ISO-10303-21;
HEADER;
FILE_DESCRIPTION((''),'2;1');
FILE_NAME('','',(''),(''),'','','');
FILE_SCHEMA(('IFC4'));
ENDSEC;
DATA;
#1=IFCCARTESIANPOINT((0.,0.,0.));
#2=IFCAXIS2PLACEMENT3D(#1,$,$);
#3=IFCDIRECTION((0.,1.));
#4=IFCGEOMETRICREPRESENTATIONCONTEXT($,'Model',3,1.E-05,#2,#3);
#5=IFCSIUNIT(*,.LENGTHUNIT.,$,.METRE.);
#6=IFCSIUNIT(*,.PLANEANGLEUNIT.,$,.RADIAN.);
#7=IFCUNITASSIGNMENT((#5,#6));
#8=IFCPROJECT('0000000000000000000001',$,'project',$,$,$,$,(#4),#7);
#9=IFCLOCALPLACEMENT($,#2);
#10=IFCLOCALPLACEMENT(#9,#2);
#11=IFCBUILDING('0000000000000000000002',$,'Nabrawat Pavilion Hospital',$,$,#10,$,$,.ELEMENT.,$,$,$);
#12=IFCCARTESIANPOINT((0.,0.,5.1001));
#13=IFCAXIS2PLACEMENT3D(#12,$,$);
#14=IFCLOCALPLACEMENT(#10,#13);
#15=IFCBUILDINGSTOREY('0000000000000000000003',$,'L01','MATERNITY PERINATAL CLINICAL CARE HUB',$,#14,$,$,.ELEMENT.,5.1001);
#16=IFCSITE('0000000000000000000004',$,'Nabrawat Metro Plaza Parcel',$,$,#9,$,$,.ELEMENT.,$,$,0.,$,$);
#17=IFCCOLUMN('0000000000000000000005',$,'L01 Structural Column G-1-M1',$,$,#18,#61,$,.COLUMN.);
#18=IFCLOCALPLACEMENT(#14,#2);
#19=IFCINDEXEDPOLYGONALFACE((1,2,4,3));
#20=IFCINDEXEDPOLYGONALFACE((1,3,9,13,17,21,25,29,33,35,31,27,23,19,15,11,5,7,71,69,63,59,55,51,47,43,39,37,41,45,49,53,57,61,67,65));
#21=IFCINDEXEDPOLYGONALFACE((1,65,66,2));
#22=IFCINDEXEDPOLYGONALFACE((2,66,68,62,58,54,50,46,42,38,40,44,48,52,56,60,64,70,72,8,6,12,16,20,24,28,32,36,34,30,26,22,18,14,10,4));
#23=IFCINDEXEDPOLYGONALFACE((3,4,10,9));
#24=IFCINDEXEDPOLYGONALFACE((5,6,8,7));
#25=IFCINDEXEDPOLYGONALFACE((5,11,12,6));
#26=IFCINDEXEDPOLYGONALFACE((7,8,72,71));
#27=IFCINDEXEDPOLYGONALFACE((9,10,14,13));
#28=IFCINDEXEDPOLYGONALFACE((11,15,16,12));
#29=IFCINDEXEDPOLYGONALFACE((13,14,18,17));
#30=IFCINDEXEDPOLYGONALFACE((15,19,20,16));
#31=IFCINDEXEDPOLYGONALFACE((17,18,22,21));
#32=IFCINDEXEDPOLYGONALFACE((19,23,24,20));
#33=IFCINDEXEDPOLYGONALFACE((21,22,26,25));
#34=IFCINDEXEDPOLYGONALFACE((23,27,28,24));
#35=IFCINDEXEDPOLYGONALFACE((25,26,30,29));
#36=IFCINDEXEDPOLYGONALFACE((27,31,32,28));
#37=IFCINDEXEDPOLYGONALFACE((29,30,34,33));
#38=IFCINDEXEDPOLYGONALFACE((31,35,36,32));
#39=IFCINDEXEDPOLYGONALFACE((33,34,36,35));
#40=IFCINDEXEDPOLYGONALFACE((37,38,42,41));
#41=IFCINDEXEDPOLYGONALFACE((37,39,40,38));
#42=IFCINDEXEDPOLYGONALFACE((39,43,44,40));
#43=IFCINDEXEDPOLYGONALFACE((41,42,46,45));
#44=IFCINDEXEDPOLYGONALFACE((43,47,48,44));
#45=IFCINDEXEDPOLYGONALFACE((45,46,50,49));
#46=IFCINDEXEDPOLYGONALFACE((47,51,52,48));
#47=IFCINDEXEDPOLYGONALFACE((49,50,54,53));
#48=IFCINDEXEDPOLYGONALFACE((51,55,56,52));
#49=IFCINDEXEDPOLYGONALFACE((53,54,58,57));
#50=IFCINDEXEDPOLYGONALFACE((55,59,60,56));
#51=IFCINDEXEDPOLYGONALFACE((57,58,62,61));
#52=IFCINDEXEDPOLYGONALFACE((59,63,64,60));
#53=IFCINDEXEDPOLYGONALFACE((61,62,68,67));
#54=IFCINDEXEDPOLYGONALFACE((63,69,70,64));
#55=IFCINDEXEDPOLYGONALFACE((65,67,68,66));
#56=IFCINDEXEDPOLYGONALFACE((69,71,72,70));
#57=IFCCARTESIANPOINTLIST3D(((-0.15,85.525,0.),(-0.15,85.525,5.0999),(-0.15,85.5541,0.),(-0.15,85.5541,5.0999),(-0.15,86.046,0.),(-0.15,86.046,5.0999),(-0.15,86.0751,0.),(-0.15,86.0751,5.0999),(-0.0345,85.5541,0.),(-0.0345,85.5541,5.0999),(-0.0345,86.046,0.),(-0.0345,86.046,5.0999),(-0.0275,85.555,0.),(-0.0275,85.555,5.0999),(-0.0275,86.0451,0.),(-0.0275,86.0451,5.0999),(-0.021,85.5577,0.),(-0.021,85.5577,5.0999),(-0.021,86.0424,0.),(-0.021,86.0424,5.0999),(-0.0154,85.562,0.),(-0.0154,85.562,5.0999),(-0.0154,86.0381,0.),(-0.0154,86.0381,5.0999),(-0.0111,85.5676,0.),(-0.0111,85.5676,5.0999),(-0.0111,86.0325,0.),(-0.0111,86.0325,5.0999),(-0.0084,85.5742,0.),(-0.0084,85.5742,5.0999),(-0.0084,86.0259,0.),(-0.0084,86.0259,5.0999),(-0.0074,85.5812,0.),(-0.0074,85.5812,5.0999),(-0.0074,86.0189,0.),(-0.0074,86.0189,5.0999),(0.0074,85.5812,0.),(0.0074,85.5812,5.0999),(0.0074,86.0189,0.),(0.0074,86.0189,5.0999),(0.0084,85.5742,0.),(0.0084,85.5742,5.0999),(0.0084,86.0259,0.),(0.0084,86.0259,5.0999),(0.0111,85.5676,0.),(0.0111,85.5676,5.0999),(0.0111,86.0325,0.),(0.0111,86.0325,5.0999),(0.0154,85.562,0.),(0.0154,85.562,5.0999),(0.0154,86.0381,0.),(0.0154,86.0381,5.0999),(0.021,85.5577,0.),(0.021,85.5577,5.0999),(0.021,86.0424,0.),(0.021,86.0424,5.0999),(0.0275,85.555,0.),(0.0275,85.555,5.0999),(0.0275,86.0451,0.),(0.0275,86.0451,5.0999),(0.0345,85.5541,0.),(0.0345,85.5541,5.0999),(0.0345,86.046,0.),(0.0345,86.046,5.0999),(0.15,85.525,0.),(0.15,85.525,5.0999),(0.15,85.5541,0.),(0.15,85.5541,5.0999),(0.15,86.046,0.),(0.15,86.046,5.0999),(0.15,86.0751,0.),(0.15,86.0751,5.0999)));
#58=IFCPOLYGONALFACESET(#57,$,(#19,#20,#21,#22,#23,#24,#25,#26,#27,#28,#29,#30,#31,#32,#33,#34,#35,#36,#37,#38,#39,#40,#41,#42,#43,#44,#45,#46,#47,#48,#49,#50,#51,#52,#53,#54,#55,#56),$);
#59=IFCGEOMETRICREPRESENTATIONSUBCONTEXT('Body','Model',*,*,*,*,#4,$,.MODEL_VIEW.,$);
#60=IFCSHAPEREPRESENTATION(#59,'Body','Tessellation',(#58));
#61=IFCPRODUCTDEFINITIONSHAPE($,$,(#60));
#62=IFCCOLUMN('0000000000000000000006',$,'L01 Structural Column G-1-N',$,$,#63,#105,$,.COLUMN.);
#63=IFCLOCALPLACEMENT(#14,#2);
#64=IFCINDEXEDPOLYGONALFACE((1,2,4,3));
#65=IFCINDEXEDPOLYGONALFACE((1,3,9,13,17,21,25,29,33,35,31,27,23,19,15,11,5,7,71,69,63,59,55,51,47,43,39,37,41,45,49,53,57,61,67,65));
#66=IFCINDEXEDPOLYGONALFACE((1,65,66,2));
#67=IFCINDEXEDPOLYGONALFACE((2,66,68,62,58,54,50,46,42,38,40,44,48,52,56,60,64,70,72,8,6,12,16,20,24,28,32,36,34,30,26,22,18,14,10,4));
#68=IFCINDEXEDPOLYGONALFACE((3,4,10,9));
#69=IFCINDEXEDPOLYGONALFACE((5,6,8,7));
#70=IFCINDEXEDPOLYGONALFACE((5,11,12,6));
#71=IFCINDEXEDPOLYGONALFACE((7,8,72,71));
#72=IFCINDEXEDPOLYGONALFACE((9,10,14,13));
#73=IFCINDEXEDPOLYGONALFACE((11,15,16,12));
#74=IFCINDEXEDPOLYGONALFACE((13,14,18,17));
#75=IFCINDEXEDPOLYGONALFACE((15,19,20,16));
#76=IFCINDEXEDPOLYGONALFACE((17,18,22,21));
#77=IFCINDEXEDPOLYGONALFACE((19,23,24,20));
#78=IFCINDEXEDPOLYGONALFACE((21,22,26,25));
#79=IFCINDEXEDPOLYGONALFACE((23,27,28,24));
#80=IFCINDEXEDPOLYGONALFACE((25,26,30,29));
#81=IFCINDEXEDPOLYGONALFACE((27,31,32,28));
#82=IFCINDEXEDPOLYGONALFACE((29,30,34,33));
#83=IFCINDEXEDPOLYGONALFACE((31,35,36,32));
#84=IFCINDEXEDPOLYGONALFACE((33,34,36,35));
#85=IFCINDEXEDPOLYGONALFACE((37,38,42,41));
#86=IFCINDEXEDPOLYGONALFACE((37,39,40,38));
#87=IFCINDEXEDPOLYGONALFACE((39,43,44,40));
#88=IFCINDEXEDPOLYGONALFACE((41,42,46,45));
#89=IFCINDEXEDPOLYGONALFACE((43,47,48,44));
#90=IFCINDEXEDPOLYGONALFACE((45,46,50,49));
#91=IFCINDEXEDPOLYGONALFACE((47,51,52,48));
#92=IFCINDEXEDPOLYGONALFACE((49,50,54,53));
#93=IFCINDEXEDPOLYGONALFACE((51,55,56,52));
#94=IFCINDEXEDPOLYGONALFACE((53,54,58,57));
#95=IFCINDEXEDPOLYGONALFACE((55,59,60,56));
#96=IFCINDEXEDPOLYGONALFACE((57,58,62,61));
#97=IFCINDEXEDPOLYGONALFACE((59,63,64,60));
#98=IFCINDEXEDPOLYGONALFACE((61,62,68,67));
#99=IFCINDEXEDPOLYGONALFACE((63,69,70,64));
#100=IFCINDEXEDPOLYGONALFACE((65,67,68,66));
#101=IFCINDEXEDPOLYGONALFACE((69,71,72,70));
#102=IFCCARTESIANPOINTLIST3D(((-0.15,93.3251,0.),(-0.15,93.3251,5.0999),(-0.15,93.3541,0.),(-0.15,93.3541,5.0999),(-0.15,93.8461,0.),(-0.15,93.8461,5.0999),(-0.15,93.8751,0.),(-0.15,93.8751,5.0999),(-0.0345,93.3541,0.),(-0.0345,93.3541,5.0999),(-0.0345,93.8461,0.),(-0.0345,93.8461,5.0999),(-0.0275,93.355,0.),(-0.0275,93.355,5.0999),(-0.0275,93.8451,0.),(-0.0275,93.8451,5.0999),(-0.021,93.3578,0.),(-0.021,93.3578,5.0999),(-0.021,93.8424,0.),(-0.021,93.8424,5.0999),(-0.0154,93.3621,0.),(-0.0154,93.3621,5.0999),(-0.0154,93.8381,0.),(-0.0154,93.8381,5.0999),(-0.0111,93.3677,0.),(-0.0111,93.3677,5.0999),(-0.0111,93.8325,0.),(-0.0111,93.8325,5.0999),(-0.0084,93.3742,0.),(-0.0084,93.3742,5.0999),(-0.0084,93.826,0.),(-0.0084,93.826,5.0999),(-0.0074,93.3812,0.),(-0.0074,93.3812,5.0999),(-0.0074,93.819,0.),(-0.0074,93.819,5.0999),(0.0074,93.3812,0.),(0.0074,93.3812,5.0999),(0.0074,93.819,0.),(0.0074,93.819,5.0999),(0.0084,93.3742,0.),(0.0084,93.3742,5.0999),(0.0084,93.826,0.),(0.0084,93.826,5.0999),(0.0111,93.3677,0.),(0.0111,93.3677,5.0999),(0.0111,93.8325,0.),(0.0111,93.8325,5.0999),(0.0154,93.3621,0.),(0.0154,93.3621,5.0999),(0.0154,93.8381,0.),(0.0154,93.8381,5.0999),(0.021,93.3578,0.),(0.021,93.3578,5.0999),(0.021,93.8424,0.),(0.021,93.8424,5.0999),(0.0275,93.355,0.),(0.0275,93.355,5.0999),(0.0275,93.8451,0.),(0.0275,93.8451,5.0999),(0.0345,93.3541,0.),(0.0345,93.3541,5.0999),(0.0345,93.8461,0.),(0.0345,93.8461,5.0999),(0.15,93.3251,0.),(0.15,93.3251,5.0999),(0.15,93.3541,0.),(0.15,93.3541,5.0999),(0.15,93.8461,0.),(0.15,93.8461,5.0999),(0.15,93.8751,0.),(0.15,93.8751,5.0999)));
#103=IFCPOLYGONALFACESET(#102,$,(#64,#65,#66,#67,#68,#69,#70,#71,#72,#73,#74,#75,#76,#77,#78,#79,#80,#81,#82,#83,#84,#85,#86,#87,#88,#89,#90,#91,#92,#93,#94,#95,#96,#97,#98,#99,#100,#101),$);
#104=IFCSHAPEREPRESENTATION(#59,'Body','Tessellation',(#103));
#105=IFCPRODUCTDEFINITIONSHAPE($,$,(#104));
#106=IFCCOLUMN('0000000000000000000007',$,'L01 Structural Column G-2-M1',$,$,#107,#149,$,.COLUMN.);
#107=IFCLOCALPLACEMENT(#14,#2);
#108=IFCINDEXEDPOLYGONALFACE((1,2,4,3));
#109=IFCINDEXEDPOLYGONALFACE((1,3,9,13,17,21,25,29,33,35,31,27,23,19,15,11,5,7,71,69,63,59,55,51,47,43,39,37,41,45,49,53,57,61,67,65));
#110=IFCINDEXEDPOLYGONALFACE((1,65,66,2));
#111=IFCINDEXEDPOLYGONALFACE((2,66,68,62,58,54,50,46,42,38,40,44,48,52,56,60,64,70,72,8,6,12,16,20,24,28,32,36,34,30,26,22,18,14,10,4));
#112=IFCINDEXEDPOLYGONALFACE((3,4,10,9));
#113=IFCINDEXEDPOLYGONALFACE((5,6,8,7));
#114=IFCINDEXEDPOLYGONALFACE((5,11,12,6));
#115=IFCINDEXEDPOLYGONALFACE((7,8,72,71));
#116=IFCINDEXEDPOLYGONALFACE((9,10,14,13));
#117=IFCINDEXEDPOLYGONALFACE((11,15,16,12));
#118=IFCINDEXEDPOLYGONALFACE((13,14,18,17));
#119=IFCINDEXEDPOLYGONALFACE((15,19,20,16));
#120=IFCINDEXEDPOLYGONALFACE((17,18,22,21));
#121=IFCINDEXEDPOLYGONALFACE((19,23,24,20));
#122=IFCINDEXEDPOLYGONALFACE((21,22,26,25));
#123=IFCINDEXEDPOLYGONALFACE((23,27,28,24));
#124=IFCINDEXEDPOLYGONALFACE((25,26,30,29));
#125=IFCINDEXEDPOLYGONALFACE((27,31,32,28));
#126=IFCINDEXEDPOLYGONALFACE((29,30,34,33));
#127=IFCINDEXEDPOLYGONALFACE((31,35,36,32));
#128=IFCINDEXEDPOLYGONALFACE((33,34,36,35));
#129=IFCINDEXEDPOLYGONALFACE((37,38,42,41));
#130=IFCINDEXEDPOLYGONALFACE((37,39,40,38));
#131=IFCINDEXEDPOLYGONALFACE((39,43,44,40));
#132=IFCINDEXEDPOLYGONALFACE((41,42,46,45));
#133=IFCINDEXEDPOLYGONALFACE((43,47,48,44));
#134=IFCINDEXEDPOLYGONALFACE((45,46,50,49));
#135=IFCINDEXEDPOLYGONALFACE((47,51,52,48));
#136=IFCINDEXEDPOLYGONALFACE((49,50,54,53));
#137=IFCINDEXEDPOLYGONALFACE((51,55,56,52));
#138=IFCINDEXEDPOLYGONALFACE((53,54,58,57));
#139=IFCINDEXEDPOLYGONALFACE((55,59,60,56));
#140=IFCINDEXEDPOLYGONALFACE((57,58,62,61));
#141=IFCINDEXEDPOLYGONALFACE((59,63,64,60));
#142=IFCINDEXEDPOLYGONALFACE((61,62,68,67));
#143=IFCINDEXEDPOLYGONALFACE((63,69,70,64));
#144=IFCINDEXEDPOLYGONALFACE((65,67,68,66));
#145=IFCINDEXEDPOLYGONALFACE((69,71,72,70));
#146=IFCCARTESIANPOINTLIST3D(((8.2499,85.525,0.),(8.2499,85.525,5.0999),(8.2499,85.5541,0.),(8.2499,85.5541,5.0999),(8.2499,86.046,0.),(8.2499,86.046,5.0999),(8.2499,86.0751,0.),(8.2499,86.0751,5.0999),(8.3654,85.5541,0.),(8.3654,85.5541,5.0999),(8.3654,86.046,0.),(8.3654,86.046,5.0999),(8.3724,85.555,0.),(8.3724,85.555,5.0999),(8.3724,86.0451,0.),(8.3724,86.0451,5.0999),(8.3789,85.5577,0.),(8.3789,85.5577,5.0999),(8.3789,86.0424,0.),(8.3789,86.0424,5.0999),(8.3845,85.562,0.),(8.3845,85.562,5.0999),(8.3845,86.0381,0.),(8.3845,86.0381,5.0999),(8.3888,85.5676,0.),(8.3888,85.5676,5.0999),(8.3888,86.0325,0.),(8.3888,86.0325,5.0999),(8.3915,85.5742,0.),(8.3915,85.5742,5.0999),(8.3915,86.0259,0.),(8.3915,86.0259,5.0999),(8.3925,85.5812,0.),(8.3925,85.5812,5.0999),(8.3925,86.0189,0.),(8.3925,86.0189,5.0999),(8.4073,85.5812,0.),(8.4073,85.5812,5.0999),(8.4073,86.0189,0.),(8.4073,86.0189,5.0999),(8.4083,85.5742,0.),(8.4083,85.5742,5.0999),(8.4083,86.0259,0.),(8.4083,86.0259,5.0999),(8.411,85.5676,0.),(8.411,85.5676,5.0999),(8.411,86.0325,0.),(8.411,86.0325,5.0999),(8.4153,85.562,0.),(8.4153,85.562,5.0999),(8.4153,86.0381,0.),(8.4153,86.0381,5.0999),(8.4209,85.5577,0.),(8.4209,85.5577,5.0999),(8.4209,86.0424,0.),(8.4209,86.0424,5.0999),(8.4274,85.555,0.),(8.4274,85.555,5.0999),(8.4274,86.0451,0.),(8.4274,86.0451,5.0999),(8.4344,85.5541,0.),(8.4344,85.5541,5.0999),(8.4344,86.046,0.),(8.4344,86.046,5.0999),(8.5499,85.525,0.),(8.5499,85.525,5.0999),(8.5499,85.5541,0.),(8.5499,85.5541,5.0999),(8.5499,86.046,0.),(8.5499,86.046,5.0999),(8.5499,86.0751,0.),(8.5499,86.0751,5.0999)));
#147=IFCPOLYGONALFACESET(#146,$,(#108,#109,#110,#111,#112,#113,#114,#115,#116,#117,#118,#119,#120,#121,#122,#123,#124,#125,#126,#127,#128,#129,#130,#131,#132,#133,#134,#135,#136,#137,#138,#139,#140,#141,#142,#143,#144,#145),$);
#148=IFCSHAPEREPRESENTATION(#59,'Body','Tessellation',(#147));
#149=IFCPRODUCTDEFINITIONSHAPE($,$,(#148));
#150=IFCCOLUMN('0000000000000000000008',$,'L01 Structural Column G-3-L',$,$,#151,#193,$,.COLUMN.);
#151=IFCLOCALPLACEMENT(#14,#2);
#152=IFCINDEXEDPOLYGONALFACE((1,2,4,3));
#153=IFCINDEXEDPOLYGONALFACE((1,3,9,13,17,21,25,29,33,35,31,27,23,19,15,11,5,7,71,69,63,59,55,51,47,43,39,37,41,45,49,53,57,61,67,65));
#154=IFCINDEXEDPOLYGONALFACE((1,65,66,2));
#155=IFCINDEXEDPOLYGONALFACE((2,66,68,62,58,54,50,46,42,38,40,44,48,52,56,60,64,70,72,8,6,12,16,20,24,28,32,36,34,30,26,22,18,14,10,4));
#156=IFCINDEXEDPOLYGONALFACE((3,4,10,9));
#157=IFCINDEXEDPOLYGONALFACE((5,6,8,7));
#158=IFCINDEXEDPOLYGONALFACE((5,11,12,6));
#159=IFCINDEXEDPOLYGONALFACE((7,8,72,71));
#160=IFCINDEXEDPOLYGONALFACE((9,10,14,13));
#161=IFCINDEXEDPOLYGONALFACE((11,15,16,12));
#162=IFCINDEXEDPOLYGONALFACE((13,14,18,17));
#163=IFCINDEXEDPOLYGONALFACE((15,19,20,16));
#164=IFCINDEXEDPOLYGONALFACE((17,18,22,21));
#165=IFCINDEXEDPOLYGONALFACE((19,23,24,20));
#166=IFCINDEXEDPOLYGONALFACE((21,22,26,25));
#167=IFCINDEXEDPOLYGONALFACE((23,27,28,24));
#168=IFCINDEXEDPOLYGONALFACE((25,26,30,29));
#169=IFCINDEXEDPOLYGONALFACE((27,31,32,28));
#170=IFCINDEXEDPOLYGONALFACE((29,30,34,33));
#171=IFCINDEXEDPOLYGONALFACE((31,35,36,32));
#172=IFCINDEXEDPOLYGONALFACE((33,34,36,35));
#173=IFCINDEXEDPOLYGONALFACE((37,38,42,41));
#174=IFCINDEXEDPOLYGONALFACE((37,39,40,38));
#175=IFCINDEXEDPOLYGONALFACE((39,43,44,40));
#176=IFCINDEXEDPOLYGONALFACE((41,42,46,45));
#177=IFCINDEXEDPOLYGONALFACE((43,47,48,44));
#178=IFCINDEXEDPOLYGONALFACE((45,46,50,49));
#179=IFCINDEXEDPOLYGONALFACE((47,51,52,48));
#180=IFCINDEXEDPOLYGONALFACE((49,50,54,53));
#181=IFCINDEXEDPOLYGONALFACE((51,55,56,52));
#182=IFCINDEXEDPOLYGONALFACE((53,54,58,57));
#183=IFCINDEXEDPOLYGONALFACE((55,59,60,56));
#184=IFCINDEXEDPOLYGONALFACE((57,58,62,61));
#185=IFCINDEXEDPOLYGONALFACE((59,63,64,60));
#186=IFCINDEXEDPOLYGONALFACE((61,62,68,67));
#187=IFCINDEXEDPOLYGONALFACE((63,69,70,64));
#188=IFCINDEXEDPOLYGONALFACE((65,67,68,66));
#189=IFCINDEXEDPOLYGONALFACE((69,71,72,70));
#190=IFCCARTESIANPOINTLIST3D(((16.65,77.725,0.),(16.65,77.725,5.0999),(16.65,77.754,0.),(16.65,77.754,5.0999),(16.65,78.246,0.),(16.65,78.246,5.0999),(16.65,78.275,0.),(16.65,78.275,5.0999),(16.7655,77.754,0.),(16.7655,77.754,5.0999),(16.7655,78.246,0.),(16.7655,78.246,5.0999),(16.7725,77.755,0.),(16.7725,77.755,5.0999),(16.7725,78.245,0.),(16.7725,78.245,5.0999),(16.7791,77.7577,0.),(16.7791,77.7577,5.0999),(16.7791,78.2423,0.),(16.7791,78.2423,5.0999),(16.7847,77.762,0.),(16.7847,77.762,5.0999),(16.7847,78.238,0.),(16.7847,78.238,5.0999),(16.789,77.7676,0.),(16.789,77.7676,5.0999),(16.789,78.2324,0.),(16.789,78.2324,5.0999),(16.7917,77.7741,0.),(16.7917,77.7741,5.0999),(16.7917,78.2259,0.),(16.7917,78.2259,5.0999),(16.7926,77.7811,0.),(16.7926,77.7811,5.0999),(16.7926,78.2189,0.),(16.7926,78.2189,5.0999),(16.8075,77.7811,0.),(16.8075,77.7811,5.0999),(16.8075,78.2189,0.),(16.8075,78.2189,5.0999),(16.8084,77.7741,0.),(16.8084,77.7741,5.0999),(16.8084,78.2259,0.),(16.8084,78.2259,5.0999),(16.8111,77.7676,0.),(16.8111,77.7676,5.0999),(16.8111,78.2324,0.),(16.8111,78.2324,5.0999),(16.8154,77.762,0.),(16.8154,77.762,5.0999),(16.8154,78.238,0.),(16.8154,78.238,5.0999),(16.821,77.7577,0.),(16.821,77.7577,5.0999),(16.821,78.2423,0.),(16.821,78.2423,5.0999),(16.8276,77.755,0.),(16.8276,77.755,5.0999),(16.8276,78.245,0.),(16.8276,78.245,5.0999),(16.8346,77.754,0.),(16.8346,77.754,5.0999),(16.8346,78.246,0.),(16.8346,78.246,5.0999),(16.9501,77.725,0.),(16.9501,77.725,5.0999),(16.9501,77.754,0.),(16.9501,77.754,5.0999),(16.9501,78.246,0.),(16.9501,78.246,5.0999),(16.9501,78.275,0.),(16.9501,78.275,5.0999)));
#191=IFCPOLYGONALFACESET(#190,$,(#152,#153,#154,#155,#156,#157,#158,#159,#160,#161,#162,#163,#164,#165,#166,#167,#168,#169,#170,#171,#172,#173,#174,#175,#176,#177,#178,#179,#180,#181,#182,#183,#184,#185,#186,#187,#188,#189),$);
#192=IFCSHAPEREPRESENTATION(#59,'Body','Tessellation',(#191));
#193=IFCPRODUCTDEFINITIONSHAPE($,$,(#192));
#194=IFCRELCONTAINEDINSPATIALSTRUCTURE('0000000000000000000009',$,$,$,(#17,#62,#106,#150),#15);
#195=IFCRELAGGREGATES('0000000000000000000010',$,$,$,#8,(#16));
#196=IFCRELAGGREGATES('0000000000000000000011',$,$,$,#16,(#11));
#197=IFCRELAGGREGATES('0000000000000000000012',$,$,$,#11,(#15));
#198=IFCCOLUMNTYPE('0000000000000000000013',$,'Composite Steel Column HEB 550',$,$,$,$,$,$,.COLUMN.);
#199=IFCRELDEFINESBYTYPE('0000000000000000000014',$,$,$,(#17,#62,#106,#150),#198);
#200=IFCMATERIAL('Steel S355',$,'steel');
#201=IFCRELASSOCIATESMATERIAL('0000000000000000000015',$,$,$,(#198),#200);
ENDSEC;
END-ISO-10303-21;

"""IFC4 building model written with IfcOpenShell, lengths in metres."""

from ifc_helpers import new_model, si_unit, direction, frame, origin, origin_2d, place, context, subcontext, project, spatial, i_section, extrude, material, material_profile, profile_set, type_object, element, save


model = new_model("IFC4")

# Units and contexts
model_context = context("Model", 3, precision=1e-05, world=origin(), true_north=direction((0.0, 1.0)))
body_context = subcontext(model_context, "Body", "Model", "MODEL_VIEW")
ifc_project = project(units=[si_unit("LENGTHUNIT", "METRE"), si_unit("PLANEANGLEUNIT", "RADIAN")], contexts=[model_context])

# Site, building, storey
site_placement = place(None, origin())
site = spatial("IfcSite", under=ifc_project, at=site_placement, Name="Nabrawat Metro Plaza Parcel", CompositionType="ELEMENT", RefElevation=0.0)
building_placement = place(site_placement, origin())
building = spatial("IfcBuilding", under=site, at=building_placement, Name="Nabrawat Pavilion Hospital", CompositionType="ELEMENT")
storey_placement = place(building_placement, frame((0.0, 0.0, 5.1001)))
storey = spatial("IfcBuildingStorey", under=building, at=storey_placement, Name="L01", Description="MATERNITY PERINATAL CLINICAL CARE HUB", CompositionType="ELEMENT", Elevation=5.1001)

# Columns
ifc_material_1 = material(Name="Steel S355", Category="steel")
ifc_material_profile_1 = material_profile(ifc_material_1, i_section(OverallWidth=0.3, OverallDepth=0.55, WebThickness=0.0149, FlangeThickness=0.0291, FilletRadius=0.0271, at=origin_2d()), Name="HEB 550")
ifc_profile_set_1 = profile_set([ifc_material_profile_1], Name="Steel S355")
column_type = type_object("IfcColumnType", Name="Composite Steel Column HEB 550", PredefinedType="COLUMN", material=ifc_profile_set_1)
for number, where, z_axis, x_axis, name in (
    (1, (0.0, 85.8, 0.0), (0.0, 0.0, 1.0), (1.0, 0.0, 0.0), "L01 Structural Column G-1-M1"),
    (2, (0.0, 93.6001, 0.0), (0.0, 0.0, 1.0), (1.0, 0.0, 0.0), "L01 Structural Column G-1-N"),
    (3, (8.3999, 85.8, 0.0), (0.0, 0.0, 1.0), (1.0, 0.0, 0.0), "L01 Structural Column G-2-M1"),
    (4, (16.8, 78.0, 0.0), (0.0, 0.0, 1.0), (1.0, 0.0, 0.0), "L01 Structural Column G-3-L"),
):
    element("IfcColumn", number, at=place(storey_placement, frame(where, z_axis=z_axis, x_axis=x_axis)), inside=storey, type_object=column_type, Name=name, PredefinedType="COLUMN", context=body_context, shape_type="SweptSolid", body=[
        extrude(i_section(OverallWidth=0.3, OverallDepth=0.55, WebThickness=0.0149, FlangeThickness=0.0291, FilletRadius=0.0271, at=origin_2d()), origin(), (0.0, 0.0, 1.0), 5.0999),
    ])

save(model, "model.ifc")
